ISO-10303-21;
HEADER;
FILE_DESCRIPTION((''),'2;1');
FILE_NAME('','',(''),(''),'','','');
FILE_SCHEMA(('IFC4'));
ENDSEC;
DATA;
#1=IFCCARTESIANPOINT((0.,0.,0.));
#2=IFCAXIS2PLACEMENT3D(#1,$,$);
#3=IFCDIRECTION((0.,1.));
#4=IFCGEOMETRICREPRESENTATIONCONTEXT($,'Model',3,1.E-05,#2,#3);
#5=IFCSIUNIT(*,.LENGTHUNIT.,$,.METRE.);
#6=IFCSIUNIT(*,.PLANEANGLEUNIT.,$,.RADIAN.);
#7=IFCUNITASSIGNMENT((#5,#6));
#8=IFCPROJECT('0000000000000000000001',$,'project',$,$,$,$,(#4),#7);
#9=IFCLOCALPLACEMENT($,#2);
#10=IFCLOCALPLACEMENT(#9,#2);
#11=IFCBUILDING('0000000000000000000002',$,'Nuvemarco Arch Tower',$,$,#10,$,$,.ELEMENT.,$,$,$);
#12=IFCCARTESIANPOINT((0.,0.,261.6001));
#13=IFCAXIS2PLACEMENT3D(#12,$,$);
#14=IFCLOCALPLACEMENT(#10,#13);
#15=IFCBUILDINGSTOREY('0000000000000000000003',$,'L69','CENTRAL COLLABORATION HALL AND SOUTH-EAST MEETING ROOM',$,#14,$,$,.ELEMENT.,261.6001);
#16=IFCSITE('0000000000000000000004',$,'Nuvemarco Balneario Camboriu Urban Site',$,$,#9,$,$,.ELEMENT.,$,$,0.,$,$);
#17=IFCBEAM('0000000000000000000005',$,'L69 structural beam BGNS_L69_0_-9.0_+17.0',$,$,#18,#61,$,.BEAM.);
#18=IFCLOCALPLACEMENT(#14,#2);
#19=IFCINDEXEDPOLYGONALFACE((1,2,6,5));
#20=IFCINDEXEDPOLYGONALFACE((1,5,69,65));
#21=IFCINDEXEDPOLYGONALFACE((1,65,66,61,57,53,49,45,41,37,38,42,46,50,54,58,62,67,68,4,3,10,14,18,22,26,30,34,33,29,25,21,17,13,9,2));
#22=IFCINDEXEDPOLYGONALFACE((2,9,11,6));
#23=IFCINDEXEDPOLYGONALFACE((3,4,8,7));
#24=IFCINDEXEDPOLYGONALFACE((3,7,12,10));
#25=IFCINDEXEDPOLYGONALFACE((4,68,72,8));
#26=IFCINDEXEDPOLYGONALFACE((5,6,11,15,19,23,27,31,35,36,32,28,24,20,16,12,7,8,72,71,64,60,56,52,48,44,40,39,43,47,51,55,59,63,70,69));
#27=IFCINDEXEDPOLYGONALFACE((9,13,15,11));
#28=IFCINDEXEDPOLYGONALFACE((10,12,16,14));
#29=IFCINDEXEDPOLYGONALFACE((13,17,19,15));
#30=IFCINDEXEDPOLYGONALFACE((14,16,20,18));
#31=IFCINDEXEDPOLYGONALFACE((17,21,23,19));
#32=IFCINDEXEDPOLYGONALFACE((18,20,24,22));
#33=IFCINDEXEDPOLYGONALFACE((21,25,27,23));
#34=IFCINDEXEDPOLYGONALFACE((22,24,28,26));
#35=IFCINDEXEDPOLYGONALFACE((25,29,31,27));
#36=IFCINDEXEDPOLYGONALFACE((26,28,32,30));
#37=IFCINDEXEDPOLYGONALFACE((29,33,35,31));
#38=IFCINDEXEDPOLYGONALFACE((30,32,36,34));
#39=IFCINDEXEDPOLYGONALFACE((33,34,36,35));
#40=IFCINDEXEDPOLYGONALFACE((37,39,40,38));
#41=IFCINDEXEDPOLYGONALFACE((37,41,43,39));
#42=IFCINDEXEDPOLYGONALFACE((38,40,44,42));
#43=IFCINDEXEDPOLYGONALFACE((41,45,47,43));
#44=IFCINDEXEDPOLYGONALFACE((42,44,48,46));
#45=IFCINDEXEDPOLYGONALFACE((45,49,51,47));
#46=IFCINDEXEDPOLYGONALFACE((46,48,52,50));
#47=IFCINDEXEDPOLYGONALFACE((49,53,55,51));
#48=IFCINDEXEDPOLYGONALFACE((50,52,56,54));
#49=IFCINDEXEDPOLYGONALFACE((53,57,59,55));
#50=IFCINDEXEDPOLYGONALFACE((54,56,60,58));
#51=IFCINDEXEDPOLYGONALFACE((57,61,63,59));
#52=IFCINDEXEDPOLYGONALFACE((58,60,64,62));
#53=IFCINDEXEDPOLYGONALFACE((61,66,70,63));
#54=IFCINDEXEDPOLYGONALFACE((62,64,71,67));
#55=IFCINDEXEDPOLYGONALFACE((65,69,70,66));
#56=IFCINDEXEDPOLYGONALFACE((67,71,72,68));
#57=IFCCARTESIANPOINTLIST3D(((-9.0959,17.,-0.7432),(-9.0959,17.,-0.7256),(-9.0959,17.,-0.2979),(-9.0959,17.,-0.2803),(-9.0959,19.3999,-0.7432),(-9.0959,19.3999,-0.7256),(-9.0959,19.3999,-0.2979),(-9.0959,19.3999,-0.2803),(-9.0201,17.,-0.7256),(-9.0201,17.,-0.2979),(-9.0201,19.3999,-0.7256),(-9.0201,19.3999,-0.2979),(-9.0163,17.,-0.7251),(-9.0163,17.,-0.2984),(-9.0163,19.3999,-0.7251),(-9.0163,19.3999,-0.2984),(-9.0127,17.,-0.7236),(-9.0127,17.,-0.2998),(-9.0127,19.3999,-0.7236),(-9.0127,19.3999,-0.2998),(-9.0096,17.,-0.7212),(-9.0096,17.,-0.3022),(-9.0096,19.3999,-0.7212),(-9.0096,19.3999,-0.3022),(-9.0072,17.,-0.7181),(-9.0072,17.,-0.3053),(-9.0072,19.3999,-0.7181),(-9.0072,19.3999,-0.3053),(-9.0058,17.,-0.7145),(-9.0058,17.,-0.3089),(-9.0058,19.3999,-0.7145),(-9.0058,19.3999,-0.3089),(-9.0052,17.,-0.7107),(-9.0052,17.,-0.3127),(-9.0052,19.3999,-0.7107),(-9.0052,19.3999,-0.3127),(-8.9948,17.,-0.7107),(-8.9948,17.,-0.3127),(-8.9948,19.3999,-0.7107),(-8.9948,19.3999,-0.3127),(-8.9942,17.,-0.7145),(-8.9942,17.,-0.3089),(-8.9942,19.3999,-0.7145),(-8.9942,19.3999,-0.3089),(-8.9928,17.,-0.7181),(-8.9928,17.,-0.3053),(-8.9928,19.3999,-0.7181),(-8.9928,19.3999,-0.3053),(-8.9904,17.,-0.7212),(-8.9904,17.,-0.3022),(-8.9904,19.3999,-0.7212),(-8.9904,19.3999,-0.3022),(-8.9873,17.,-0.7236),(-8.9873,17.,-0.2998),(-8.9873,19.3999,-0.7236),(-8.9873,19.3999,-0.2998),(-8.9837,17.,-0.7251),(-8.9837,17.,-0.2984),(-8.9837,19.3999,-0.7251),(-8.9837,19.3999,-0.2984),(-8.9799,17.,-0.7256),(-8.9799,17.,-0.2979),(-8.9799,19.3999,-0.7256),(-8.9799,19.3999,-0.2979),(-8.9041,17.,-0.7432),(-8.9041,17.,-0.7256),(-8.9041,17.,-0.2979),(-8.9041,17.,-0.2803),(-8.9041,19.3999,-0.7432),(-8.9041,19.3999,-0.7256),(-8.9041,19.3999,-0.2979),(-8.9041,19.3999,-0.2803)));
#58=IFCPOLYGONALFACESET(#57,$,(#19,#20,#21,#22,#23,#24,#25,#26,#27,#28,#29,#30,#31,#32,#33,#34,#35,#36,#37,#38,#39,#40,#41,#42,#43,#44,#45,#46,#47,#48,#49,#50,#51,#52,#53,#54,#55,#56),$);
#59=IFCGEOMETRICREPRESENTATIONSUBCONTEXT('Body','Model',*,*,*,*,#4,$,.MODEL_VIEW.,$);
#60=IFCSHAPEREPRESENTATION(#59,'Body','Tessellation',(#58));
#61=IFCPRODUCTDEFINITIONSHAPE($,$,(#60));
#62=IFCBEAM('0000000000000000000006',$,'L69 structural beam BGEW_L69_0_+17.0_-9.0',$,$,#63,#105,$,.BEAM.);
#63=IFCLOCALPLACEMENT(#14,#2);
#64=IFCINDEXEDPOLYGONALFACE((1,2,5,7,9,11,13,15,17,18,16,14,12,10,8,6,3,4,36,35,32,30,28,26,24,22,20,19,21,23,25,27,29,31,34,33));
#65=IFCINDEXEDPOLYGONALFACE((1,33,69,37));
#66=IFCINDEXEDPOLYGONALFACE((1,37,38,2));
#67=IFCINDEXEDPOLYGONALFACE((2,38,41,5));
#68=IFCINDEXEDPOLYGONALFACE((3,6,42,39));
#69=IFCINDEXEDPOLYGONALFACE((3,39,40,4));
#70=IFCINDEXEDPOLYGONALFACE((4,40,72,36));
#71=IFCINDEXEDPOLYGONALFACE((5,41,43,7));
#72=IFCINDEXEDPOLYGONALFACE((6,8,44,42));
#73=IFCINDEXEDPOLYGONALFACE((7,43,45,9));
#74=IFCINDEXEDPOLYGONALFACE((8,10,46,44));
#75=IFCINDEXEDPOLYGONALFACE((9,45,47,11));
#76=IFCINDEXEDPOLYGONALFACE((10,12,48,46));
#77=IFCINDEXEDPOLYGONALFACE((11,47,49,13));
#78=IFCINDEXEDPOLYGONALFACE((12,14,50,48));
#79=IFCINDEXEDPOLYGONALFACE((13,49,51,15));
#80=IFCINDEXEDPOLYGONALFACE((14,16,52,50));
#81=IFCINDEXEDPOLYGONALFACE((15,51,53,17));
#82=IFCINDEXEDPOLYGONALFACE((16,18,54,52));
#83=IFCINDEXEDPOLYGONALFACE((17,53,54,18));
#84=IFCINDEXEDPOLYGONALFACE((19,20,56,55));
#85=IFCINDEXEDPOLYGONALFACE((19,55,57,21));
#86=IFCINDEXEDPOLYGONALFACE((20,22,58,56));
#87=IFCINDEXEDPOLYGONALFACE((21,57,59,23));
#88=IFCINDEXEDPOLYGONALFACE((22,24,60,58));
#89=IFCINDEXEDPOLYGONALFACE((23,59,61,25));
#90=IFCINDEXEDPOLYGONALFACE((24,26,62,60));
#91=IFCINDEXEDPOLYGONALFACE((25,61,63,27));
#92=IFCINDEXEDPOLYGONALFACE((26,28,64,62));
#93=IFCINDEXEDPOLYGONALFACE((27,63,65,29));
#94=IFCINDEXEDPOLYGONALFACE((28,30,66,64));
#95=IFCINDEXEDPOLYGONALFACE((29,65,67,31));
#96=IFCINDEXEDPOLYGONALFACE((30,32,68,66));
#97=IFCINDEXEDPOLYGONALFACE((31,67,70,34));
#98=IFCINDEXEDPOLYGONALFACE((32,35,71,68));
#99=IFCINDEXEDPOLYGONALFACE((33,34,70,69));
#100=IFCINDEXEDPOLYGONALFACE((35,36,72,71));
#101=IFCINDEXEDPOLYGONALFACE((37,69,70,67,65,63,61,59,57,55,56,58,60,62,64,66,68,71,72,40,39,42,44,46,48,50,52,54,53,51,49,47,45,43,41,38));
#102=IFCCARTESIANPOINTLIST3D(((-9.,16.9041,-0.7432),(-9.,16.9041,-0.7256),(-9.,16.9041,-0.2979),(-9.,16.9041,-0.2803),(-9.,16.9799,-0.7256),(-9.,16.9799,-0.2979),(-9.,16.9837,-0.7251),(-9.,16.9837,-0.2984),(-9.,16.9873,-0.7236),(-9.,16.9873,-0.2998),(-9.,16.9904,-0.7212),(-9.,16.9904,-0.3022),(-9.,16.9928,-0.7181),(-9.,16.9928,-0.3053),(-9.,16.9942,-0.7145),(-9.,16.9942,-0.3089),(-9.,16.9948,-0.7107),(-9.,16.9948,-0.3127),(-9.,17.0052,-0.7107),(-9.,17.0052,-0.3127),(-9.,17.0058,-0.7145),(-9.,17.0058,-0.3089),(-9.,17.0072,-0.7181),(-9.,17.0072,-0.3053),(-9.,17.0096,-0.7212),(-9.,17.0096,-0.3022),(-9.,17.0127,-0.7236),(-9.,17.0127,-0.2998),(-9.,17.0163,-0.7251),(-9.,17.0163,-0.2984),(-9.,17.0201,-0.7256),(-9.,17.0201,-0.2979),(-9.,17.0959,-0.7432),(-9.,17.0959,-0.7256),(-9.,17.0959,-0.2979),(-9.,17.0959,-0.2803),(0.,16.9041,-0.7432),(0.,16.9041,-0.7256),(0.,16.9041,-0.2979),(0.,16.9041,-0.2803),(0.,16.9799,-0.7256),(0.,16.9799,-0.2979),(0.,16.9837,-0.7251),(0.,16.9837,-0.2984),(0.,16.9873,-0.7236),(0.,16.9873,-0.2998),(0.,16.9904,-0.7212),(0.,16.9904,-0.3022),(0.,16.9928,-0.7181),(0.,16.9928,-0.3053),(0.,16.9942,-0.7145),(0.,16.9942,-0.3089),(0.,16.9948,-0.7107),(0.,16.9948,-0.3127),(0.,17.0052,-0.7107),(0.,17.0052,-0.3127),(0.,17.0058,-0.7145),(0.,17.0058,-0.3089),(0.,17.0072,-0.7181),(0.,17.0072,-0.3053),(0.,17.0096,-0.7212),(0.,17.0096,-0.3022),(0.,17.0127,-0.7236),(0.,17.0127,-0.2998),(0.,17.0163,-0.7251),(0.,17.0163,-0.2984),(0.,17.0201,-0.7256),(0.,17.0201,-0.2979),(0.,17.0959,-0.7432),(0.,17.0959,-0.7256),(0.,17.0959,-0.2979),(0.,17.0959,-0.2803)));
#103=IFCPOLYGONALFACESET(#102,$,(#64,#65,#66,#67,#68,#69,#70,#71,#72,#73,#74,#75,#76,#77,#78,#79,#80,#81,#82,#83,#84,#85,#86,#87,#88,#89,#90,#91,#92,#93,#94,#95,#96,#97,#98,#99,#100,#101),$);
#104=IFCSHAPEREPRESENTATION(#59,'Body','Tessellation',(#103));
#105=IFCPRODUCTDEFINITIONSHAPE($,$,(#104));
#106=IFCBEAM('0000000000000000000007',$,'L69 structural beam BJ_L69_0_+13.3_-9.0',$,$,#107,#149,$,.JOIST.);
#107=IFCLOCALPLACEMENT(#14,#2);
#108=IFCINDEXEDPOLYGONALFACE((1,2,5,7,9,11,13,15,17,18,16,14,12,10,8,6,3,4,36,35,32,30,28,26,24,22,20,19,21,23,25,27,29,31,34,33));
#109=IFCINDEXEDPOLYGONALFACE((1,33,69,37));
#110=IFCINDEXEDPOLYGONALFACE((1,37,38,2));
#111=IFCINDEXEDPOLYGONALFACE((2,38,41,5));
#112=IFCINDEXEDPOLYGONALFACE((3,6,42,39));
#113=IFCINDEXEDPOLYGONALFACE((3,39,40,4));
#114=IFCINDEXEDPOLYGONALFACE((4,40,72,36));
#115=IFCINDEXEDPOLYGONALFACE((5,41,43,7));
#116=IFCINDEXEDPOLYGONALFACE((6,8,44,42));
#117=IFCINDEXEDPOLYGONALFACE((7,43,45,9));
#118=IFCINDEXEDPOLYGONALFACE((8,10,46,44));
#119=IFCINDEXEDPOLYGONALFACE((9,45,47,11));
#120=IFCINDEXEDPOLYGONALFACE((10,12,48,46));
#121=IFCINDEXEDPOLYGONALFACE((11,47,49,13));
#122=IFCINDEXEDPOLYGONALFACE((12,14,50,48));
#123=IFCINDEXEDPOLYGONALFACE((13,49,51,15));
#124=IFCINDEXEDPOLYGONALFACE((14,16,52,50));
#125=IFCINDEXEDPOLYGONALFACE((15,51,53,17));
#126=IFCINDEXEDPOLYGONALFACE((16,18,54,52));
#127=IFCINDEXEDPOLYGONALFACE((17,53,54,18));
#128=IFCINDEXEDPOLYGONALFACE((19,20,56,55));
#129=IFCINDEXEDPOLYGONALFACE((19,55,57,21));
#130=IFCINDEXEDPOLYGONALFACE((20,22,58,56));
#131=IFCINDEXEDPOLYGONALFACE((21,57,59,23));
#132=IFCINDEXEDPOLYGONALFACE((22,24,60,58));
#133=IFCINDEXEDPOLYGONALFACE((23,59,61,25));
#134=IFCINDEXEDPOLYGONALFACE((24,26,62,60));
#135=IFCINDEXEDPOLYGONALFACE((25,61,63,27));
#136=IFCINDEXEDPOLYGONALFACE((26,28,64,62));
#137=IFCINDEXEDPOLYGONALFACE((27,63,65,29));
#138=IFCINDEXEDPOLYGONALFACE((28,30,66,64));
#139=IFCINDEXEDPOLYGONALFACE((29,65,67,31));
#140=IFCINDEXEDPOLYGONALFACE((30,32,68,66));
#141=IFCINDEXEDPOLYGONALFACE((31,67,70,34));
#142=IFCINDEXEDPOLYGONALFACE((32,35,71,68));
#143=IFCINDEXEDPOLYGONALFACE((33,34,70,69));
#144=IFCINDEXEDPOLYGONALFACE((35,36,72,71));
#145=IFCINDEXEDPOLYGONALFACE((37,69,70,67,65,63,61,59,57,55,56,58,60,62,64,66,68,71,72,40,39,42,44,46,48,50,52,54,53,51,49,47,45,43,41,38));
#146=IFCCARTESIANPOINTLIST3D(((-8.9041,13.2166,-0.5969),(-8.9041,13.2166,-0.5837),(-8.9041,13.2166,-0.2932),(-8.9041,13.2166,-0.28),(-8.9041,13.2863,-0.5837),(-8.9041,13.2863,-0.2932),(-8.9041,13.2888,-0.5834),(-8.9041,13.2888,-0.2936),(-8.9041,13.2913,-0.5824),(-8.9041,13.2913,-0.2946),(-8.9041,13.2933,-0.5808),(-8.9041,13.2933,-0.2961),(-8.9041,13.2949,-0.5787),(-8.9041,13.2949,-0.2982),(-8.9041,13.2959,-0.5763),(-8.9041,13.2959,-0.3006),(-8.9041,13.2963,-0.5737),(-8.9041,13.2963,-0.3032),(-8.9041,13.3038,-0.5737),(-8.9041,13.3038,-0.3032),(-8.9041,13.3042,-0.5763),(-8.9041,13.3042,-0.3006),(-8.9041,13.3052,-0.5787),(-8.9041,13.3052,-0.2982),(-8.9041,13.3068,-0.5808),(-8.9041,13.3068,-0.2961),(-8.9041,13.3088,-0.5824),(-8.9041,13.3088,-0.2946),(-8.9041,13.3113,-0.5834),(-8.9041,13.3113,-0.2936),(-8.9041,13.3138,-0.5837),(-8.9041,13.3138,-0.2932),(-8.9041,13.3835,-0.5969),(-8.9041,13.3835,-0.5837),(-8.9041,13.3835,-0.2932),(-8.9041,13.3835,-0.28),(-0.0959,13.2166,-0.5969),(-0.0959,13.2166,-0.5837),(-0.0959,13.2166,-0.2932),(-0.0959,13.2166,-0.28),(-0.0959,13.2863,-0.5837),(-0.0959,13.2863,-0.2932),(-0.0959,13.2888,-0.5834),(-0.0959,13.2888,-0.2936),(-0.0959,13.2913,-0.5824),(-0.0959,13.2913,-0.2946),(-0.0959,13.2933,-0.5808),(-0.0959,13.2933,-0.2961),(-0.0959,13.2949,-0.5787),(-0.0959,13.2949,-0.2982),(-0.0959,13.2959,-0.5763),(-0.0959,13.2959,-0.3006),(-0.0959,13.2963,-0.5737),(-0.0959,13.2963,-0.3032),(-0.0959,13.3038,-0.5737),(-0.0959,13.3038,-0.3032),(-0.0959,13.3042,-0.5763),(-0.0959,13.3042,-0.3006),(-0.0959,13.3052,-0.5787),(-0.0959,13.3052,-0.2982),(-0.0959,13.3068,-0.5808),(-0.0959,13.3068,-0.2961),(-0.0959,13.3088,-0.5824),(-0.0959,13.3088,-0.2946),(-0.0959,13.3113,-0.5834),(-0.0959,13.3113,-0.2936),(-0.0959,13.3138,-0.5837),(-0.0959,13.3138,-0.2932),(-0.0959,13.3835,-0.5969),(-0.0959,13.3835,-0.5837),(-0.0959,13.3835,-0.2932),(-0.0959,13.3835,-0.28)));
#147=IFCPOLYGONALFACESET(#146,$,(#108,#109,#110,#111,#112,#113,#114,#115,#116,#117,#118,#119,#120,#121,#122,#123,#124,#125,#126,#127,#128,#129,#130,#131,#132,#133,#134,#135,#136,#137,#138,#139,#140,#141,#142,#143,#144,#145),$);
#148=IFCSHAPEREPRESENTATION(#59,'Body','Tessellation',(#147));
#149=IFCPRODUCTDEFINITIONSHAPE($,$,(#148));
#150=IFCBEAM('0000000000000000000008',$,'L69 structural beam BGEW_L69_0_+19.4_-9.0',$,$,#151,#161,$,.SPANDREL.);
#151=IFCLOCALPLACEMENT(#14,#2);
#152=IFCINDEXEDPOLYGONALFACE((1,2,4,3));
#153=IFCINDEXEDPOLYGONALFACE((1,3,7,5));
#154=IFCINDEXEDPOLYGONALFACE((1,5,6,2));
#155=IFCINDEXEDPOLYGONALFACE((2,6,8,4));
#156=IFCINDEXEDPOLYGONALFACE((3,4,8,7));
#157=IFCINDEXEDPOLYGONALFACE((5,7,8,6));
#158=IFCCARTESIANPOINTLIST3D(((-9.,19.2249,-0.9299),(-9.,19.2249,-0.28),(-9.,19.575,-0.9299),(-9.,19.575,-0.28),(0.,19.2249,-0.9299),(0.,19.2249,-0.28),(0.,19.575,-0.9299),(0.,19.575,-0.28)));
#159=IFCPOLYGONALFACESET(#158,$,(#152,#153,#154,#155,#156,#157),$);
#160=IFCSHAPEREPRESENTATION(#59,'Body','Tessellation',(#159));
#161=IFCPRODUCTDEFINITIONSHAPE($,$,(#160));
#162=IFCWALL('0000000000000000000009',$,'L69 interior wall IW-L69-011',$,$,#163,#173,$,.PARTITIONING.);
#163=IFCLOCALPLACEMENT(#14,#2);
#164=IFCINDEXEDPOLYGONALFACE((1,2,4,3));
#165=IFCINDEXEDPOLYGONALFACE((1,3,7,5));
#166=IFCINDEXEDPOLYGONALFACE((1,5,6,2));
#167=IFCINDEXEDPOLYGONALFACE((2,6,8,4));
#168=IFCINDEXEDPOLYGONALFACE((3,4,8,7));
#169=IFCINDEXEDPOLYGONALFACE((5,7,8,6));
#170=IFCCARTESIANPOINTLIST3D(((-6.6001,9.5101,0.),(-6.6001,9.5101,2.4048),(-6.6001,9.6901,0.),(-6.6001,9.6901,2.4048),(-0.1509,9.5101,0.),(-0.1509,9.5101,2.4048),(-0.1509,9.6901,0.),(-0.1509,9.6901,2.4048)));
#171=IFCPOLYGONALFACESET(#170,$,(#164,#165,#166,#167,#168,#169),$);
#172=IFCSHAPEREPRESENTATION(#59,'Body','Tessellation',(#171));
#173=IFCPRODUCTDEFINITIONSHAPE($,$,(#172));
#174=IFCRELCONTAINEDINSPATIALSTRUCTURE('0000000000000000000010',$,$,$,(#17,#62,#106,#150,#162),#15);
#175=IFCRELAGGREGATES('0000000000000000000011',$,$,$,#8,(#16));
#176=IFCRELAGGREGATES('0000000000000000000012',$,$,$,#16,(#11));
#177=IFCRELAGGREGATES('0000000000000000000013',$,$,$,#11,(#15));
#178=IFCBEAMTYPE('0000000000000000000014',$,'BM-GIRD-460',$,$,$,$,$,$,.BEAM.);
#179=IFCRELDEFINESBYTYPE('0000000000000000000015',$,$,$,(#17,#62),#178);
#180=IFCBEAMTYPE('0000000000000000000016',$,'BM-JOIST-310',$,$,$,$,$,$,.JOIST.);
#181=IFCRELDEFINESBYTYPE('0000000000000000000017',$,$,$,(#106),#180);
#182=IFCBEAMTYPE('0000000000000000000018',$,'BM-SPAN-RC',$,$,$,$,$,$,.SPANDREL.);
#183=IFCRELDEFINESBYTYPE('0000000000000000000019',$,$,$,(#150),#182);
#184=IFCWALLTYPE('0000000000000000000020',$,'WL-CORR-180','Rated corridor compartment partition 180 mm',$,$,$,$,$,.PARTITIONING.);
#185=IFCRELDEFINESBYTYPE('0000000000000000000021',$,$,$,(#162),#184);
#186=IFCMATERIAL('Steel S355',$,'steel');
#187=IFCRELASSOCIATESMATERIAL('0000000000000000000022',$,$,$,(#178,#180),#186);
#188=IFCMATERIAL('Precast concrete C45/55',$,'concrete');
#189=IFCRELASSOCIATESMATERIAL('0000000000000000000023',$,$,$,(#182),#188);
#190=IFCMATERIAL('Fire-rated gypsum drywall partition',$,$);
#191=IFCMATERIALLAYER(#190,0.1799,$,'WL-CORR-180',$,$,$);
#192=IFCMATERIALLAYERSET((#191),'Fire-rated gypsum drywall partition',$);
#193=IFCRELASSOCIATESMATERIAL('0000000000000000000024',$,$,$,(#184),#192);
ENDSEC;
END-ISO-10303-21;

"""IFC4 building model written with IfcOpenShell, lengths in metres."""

from ifc_helpers import new_model, si_unit, direction, frame, frame_2d, origin, origin_2d, place, context, subcontext, project, spatial, rectangle, i_section, extrude, material, layer, layer_set, material_profile, profile_set, type_object, element, save


model = new_model("IFC4")

# Units and contexts
model_context = context("Model", 3, precision=1e-05, world=origin(), true_north=direction((0.0, 1.0)))
body_context = subcontext(model_context, "Body", "Model", "MODEL_VIEW")
ifc_project = project(units=[si_unit("LENGTHUNIT", "METRE"), si_unit("PLANEANGLEUNIT", "RADIAN")], contexts=[model_context])

# Site, building, storey
site_placement = place(None, origin())
site = spatial("IfcSite", under=ifc_project, at=site_placement, Name="Nuvemarco Balneario Camboriu Urban Site", CompositionType="ELEMENT", RefElevation=0.0)
building_placement = place(site_placement, origin())
building = spatial("IfcBuilding", under=site, at=building_placement, Name="Nuvemarco Arch Tower", CompositionType="ELEMENT")
storey_placement = place(building_placement, frame((0.0, 0.0, 261.6001)))
storey = spatial("IfcBuildingStorey", under=building, at=storey_placement, Name="L69", Description="CENTRAL COLLABORATION HALL AND SOUTH-EAST MEETING ROOM", CompositionType="ELEMENT", Elevation=261.6001)

# Shared definitions
ifc_material_1 = material(Name="Steel S355", Category="steel")

# Beams
ifc_material_profile_1 = material_profile(ifc_material_1, i_section(OverallWidth=0.1919, OverallDepth=0.4629, WebThickness=0.0105, FlangeThickness=0.0176, FilletRadius=0.0149, at=origin_2d()), Name="W460x89")
ifc_profile_set_1 = profile_set([ifc_material_profile_1], Name="Steel S355")
beam_type_1 = type_object("IfcBeamType", Name="BM-GIRD-460", PredefinedType="BEAM", material=ifc_profile_set_1)
beam_1_placement = place(storey_placement, frame((-9.0, 17.0, -0.5117), z_axis=(0.0, 1.0, 0.0), x_axis=(-1.0, 0.0, 0.0)))
element("IfcBeam", 1, at=beam_1_placement, inside=storey, type_object=beam_type_1, Name="L69 structural beam BGNS_L69_0_-9.0_+17.0", PredefinedType="BEAM", context=body_context, shape_type="SweptSolid", body=[
    extrude(i_section(OverallWidth=0.1919, OverallDepth=0.4629, WebThickness=0.0105, FlangeThickness=0.0176, FilletRadius=0.0149, at=origin_2d()), origin(), (0.0, 0.0, 1.0), 2.3999),
])
beam_2_placement = place(storey_placement, frame((-9.0, 17.0, -0.5117), z_axis=(1.0, 0.0, 0.0), x_axis=(0.0, 1.0, 0.0)))
element("IfcBeam", 2, at=beam_2_placement, inside=storey, type_object=beam_type_1, Name="L69 structural beam BGEW_L69_0_+17.0_-9.0", PredefinedType="BEAM", context=body_context, shape_type="SweptSolid", body=[
    extrude(i_section(OverallWidth=0.1919, OverallDepth=0.4629, WebThickness=0.0105, FlangeThickness=0.0176, FilletRadius=0.0149, at=origin_2d()), origin(), (0.0, 0.0, 1.0), 9.0),
])
ifc_material_profile_2 = material_profile(ifc_material_1, i_section(OverallWidth=0.167, OverallDepth=0.3169, WebThickness=0.0076, FlangeThickness=0.0132, FilletRadius=0.01, at=origin_2d()), Name="W310x52")
ifc_profile_set_2 = profile_set([ifc_material_profile_2], Name="Steel S355")
beam_type_2 = type_object("IfcBeamType", Name="BM-JOIST-310", PredefinedType="JOIST", material=ifc_profile_set_2)
beam_3_placement = place(storey_placement, frame((-8.9041, 13.3, -0.4385), z_axis=(1.0, 0.0, 0.0), x_axis=(0.0, 1.0, 0.0)))
element("IfcBeam", 3, at=beam_3_placement, inside=storey, type_object=beam_type_2, Name="L69 structural beam BJ_L69_0_+13.3_-9.0", PredefinedType="JOIST", context=body_context, shape_type="SweptSolid", body=[
    extrude(i_section(OverallWidth=0.167, OverallDepth=0.3169, WebThickness=0.0076, FlangeThickness=0.0132, FilletRadius=0.01, at=origin_2d()), origin(), (0.0, 0.0, 1.0), 8.8081),
])
ifc_material_2 = material(Name="Precast concrete C45/55", Category="concrete")
ifc_material_profile_3 = material_profile(ifc_material_2, rectangle(XDim=0.3501, YDim=0.6499, at=origin_2d()), Name="PC-SP-350x650")
ifc_profile_set_3 = profile_set([ifc_material_profile_3], Name="Precast concrete C45/55")
beam_type_3 = type_object("IfcBeamType", Name="BM-SPAN-RC", PredefinedType="SPANDREL", material=ifc_profile_set_3)
beam_4_placement = place(storey_placement, frame((-9.0, 19.3999, -0.605), z_axis=(1.0, 0.0, 0.0), x_axis=(0.0, 1.0, 0.0)))
element("IfcBeam", 4, at=beam_4_placement, inside=storey, type_object=beam_type_3, Name="L69 structural beam BGEW_L69_0_+19.4_-9.0", PredefinedType="SPANDREL", context=body_context, shape_type="SweptSolid", body=[
    extrude(rectangle(XDim=0.3501, YDim=0.6499, at=origin_2d()), origin(), (0.0, 0.0, 1.0), 9.0),
])

# Wall
ifc_material_3 = material(Name="Fire-rated gypsum drywall partition")
ifc_layer_1 = layer(ifc_material_3, 0.1799, Name="WL-CORR-180")
ifc_layer_set_1 = layer_set([ifc_layer_1], Name="Fire-rated gypsum drywall partition")
wall_type_1 = type_object("IfcWallType", Name="WL-CORR-180", Description="Rated corridor compartment partition 180 mm", PredefinedType="PARTITIONING", material=ifc_layer_set_1)
wall_1_placement = place(storey_placement, frame((-6.6001, 9.6001, 0.0), z_axis=(0.0, 0.0, 1.0), x_axis=(1.0, 0.0, 0.0)))
element("IfcWall", 5, at=wall_1_placement, inside=storey, type_object=wall_type_1, Name="L69 interior wall IW-L69-011", PredefinedType="PARTITIONING", context=body_context, shape_type="SweptSolid", body=[
    extrude(rectangle(XDim=6.4492, YDim=0.1799, at=frame_2d((3.2246, 0.0))), origin(), (0.0, 0.0, 1.0), 2.4048),
])

save(model, "model.ifc")
